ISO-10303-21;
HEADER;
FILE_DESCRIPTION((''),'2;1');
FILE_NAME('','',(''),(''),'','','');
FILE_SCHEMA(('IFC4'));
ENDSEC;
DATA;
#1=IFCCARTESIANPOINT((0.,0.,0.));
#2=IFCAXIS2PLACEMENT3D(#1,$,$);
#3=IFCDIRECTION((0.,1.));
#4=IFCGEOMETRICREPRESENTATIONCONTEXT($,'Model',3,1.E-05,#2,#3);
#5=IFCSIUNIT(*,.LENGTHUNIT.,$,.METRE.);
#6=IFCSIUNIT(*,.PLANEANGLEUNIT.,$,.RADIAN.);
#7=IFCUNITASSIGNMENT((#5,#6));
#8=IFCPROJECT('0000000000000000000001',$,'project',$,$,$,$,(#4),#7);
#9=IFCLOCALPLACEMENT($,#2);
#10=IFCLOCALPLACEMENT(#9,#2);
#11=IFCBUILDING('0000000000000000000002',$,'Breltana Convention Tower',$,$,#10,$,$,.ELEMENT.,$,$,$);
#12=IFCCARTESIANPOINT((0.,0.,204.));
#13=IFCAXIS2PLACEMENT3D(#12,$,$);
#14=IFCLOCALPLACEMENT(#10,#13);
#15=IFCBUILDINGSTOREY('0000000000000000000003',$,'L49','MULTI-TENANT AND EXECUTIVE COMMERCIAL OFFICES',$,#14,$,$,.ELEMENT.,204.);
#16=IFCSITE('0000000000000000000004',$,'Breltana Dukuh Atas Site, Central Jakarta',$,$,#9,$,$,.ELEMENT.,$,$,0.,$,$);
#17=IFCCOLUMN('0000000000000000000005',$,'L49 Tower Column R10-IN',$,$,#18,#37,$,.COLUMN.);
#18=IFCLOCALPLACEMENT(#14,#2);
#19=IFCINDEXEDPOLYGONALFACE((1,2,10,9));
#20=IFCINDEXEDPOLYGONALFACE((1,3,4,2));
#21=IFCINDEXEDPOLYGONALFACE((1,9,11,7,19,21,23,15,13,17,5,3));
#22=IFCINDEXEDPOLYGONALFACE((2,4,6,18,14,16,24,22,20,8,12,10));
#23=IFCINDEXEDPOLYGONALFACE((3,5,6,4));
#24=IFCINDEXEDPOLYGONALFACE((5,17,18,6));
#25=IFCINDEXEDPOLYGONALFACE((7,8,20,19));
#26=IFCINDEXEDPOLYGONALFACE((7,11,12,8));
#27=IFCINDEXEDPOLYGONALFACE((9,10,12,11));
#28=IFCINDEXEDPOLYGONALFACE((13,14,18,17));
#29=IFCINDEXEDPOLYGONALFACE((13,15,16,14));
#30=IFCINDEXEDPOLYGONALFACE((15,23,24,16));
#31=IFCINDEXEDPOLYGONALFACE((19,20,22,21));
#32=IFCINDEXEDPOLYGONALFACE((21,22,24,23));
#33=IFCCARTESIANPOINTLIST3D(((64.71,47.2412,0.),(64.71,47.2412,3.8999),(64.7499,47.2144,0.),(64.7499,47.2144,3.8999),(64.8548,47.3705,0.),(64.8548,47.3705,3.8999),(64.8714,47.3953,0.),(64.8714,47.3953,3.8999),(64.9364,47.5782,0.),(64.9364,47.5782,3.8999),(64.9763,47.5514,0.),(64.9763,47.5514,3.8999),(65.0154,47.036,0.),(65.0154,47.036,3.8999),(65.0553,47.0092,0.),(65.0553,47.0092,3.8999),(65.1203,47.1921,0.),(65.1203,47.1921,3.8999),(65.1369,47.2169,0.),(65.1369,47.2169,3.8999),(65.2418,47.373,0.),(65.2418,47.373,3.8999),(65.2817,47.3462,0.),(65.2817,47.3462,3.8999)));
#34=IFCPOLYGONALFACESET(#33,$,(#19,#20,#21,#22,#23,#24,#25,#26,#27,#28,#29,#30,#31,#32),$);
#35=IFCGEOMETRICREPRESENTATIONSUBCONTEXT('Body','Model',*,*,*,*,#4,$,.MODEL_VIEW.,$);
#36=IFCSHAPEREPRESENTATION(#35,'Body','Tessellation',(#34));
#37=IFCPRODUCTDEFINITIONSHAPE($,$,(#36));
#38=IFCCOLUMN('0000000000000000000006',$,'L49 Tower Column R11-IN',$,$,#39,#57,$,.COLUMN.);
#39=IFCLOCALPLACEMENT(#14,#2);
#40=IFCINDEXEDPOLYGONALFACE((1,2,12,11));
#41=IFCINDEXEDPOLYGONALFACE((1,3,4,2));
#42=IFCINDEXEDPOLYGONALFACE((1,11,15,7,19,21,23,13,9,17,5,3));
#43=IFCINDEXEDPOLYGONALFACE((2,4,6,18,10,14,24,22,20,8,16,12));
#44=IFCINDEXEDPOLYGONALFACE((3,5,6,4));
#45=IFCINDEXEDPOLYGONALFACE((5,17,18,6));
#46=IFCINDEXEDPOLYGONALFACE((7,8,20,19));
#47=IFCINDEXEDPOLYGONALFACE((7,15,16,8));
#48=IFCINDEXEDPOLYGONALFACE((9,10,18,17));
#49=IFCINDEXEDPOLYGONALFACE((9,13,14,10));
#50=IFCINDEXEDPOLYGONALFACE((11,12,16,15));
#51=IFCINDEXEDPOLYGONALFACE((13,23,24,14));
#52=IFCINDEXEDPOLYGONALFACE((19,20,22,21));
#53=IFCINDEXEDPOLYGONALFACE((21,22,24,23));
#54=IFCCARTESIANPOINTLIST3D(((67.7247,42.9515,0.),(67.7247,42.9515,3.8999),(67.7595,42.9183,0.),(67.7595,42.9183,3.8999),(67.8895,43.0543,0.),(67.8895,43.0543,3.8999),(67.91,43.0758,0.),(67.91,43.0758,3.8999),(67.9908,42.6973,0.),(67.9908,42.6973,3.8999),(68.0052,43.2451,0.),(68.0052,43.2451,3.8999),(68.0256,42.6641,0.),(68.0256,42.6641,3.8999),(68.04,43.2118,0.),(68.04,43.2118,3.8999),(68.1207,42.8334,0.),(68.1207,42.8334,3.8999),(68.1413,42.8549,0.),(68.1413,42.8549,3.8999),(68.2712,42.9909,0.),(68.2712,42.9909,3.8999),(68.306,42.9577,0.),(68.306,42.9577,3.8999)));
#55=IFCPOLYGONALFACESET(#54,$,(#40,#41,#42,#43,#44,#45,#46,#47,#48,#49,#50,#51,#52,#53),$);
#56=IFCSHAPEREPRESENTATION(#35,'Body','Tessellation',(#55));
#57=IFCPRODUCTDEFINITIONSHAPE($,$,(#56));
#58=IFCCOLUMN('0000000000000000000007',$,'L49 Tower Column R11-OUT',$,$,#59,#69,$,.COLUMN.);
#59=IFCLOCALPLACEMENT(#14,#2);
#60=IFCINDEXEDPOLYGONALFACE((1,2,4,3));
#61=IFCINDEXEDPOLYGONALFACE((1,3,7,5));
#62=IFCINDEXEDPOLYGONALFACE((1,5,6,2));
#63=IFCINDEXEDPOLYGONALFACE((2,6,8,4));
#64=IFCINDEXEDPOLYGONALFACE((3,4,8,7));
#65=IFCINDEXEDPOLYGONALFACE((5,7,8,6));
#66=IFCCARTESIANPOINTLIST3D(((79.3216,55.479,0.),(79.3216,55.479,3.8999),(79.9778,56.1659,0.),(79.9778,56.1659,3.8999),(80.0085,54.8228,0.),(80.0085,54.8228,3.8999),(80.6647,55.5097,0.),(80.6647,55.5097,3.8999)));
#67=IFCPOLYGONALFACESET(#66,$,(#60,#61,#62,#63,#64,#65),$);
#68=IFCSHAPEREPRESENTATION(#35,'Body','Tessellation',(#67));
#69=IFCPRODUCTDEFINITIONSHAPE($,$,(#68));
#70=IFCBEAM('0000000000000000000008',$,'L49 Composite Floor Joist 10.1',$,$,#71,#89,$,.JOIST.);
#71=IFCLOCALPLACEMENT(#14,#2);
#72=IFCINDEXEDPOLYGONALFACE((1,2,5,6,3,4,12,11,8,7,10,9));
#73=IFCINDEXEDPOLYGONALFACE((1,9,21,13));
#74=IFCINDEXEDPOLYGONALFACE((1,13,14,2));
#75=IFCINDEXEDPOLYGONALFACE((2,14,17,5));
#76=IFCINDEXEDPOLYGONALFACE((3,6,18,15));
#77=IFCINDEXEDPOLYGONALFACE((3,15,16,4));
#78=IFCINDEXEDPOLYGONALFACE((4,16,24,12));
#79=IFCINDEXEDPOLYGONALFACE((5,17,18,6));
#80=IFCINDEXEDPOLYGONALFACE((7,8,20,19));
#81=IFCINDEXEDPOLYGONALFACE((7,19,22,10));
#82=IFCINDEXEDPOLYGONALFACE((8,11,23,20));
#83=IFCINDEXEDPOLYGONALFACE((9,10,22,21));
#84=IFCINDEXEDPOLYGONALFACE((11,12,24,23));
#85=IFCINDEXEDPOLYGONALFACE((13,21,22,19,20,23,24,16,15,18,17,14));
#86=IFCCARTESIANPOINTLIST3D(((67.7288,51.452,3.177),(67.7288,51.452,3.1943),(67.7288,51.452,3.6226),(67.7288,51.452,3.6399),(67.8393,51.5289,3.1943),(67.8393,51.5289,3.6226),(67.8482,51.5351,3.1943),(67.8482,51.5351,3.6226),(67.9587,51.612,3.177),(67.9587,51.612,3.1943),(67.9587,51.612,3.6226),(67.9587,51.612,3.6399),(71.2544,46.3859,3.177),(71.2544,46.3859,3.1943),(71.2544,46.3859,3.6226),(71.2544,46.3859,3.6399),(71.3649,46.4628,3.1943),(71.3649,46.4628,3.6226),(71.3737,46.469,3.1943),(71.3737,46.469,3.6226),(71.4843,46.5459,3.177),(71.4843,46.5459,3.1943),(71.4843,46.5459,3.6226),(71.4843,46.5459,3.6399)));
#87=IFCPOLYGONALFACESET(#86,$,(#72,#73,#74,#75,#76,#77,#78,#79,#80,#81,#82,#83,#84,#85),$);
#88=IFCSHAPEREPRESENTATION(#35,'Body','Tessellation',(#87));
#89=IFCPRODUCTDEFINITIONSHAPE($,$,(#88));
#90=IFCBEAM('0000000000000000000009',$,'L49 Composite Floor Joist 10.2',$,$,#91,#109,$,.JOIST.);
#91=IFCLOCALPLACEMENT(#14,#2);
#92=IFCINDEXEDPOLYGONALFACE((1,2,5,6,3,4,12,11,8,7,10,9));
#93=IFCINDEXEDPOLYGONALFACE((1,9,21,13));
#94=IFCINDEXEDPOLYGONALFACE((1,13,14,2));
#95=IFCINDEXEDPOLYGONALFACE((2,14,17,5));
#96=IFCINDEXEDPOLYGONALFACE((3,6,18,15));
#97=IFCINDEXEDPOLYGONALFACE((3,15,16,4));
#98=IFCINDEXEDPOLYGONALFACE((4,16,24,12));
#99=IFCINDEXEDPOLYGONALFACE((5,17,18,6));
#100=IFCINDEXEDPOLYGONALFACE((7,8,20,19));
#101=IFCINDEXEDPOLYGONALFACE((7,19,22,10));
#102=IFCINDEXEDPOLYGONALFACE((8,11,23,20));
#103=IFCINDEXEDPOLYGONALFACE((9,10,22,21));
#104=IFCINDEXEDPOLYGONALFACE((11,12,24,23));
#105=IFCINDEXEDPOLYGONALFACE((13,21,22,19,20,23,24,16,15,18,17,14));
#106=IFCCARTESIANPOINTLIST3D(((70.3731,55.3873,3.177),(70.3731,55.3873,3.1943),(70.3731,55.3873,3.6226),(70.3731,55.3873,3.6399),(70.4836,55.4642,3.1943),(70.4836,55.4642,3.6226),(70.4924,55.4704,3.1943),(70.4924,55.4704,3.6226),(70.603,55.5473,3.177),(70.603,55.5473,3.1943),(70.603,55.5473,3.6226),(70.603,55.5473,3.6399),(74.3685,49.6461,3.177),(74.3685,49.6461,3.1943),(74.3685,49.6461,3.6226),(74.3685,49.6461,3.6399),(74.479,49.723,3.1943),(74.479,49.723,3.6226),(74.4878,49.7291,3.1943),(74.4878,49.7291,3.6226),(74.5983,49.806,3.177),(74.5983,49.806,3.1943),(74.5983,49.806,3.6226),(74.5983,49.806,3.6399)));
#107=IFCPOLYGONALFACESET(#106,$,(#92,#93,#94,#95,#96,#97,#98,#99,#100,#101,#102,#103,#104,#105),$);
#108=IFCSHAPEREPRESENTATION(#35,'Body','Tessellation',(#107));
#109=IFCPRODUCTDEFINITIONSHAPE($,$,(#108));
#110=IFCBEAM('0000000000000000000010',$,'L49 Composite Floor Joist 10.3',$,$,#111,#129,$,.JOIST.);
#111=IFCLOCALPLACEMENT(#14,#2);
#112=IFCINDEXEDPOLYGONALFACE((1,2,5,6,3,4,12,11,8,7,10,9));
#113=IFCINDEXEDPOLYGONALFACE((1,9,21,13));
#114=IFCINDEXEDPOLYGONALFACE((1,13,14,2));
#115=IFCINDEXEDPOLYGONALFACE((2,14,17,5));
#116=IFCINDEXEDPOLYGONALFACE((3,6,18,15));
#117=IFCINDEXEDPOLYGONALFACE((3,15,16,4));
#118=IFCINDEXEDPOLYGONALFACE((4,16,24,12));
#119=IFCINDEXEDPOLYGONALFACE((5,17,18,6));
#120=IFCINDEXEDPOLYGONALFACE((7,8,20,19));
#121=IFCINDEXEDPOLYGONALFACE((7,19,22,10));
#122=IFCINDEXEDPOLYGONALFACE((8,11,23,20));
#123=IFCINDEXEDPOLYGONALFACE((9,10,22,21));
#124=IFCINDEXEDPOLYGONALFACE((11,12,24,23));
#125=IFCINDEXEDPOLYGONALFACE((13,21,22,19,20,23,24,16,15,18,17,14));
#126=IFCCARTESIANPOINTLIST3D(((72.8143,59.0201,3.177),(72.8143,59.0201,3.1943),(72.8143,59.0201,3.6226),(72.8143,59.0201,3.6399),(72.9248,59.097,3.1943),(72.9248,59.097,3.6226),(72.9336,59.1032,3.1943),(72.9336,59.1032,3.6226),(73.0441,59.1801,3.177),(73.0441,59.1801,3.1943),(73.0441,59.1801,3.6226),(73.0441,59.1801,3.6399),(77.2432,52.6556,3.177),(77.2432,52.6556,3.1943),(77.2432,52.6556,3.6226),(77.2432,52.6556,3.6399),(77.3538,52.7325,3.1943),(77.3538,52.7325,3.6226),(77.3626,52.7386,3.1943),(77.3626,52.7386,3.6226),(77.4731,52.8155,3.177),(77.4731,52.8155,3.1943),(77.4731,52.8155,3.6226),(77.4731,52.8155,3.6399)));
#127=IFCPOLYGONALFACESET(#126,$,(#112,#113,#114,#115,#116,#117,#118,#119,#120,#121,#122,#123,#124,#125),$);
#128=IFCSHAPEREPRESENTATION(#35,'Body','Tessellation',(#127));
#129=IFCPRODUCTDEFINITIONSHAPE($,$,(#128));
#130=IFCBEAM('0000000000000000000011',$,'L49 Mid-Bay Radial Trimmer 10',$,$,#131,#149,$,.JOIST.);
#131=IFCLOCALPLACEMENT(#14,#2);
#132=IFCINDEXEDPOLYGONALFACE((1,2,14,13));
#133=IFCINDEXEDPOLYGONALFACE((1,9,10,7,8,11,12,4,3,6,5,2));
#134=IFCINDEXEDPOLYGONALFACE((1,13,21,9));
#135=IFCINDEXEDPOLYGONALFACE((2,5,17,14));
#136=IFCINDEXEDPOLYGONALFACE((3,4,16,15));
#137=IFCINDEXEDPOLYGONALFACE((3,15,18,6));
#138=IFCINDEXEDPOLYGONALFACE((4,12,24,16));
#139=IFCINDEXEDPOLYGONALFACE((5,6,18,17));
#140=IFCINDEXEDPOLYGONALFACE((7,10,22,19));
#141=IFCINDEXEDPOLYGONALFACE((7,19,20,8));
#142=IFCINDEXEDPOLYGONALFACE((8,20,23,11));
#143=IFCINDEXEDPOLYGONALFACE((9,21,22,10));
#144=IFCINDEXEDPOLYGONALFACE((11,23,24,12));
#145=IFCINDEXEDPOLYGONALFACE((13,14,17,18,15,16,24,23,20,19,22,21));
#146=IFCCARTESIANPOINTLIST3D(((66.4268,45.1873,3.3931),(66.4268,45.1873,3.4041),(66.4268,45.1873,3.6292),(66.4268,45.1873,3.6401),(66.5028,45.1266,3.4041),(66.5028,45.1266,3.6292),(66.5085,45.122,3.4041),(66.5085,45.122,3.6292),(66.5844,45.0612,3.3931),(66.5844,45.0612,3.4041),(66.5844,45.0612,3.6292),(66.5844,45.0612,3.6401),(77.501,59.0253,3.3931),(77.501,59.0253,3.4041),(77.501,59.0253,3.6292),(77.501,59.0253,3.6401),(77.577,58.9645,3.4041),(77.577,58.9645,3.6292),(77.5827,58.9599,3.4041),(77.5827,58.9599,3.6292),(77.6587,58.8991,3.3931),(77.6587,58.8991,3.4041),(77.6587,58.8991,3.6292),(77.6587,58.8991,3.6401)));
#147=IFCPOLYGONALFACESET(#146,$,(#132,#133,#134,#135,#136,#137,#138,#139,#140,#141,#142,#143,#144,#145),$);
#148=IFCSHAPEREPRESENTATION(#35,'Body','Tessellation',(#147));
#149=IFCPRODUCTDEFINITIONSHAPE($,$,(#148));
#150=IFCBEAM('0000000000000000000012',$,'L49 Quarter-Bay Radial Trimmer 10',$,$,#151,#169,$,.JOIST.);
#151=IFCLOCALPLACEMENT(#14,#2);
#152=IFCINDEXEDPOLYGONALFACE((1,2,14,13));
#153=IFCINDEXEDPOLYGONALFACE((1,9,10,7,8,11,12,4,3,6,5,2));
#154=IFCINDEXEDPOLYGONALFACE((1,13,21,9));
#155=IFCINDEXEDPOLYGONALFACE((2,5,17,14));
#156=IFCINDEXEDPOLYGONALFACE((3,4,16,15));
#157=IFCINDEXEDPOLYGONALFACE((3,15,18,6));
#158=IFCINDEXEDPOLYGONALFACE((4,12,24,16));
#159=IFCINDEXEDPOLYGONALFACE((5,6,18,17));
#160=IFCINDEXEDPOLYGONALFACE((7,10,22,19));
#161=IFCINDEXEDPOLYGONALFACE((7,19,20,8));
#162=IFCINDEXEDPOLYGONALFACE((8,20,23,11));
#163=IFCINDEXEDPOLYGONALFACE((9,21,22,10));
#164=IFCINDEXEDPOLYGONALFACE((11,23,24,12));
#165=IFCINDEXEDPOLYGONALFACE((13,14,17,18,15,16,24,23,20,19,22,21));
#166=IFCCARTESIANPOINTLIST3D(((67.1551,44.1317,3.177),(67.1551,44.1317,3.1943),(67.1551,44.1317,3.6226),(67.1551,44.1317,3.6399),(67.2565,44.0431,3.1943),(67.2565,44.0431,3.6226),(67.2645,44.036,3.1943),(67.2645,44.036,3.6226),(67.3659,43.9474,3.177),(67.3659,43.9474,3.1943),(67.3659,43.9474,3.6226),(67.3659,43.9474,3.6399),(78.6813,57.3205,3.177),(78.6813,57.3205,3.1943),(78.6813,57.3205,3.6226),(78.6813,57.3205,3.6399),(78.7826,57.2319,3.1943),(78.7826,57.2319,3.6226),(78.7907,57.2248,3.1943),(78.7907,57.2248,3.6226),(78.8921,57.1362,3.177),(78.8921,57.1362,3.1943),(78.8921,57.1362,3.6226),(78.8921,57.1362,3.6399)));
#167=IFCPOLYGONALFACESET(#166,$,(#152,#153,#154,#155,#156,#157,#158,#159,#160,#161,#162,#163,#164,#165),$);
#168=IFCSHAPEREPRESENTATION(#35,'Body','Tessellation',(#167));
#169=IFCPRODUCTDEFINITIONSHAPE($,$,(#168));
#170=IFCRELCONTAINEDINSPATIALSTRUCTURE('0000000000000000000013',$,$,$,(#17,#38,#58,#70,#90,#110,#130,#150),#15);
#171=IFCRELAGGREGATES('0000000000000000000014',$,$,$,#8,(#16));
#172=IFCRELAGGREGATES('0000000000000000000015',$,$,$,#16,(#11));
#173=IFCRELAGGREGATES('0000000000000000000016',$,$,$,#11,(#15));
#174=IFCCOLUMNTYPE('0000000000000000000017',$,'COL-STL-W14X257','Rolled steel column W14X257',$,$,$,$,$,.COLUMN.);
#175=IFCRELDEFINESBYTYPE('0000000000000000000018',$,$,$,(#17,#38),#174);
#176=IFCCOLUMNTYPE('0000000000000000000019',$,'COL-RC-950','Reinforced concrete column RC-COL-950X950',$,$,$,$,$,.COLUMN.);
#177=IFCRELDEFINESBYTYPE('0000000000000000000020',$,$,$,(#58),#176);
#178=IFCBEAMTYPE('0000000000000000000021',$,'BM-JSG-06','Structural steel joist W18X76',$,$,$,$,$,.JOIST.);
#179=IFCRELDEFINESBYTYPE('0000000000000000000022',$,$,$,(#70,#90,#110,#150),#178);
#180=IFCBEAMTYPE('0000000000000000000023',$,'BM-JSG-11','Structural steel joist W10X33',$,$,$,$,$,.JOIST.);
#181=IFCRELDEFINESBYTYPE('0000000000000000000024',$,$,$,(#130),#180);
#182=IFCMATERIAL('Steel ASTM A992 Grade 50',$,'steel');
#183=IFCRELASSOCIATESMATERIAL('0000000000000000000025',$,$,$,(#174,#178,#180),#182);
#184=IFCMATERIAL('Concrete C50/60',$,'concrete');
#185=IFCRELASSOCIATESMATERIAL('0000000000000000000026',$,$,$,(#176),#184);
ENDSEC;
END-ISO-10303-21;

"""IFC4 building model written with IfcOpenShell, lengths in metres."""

from ifc_helpers import new_model, si_unit, direction, frame, origin, origin_2d, place, context, subcontext, project, spatial, rectangle, i_section, extrude, source, transform, mapped, material, material_profile, profile_set, type_object, element, save


model = new_model("IFC4")

# Units and contexts
model_context = context("Model", 3, precision=1e-05, world=origin(), true_north=direction((0.0, 1.0)))
body_context = subcontext(model_context, "Body", "Model", "MODEL_VIEW")
ifc_project = project(units=[si_unit("LENGTHUNIT", "METRE"), si_unit("PLANEANGLEUNIT", "RADIAN")], contexts=[model_context])

# Site, building, storey
site_placement = place(None, origin())
site = spatial("IfcSite", under=ifc_project, at=site_placement, Name="Breltana Dukuh Atas Site, Central Jakarta", CompositionType="ELEMENT", RefElevation=0.0)
building_placement = place(site_placement, origin())
building = spatial("IfcBuilding", under=site, at=building_placement, Name="Breltana Convention Tower", CompositionType="ELEMENT")
storey_placement = place(building_placement, frame((0.0, 0.0, 204.0)))
storey = spatial("IfcBuildingStorey", under=building, at=storey_placement, Name="L49", Description="MULTI-TENANT AND EXECUTIVE COMMERCIAL OFFICES", CompositionType="ELEMENT", Elevation=204.0)

# Columns
ifc_material_1 = material(Name="Steel ASTM A992 Grade 50", Category="steel")
ifc_material_profile_1 = material_profile(ifc_material_1, i_section(OverallWidth=0.406, OverallDepth=0.416, WebThickness=0.0298, FlangeThickness=0.0481, at=origin_2d()), Name="W14X257")
ifc_profile_set_1 = profile_set([ifc_material_profile_1], Name="Steel ASTM A992 Grade 50")
column_type_1 = type_object("IfcColumnType", Name="COL-STL-W14X257", Description="Rolled steel column W14X257", PredefinedType="COLUMN", material=ifc_profile_set_1)
shared_shape_1 = source(origin(), body_context, "Body", "SweptSolid", [
    extrude(i_section(OverallWidth=0.406, OverallDepth=0.416, WebThickness=0.0298, FlangeThickness=0.0481, at=origin_2d()), origin(), (0.0, 0.0, 1.0), 3.8999),
])
for number, where, z_axis, x_axis, name in (
    (1, (64.9958, 47.2937, 0.0), (0.0, 0.0, 1.0), (0.557745, 0.830012, 0.0), "L49 Tower Column R10-IN"),
    (2, (68.0154, 42.9546, 0.0), (0.0, 0.0, 1.0), (0.690756, 0.723088, 0.0), "L49 Tower Column R11-IN"),
):
    element("IfcColumn", number, at=place(storey_placement, frame(where, z_axis=z_axis, x_axis=x_axis)), inside=storey, type_object=column_type_1, Name=name, PredefinedType="COLUMN", context=body_context, shape_type="MappedRepresentation", body=[
        mapped(shared_shape_1, transform((0.0, 0.0, 0.0), scale=1.0)),
    ])
ifc_material_2 = material(Name="Concrete C50/60", Category="concrete")
ifc_material_profile_2 = material_profile(ifc_material_2, rectangle(XDim=0.95, YDim=0.95, at=origin_2d()), Name="RC-COL-950X950")
ifc_profile_set_2 = profile_set([ifc_material_profile_2], Name="Concrete C50/60")
column_type_2 = type_object("IfcColumnType", Name="COL-RC-950", Description="Reinforced concrete column RC-COL-950X950", PredefinedType="COLUMN", material=ifc_profile_set_2)
shared_shape_2 = source(origin(), body_context, "Body", "SweptSolid", [
    extrude(rectangle(XDim=0.95, YDim=0.95, at=origin_2d()), origin(), (0.0, 0.0, 1.0), 3.8999),
])
column_placement = place(storey_placement, frame((79.9932, 55.4944, 0.0), z_axis=(0.0, 0.0, 1.0), x_axis=(0.690756, 0.723088, 0.0)))
element("IfcColumn", 3, at=column_placement, inside=storey, type_object=column_type_2, Name="L49 Tower Column R11-OUT", PredefinedType="COLUMN", context=body_context, shape_type="MappedRepresentation", body=[
    mapped(shared_shape_2, transform((0.0, 0.0, 0.0), scale=1.0)),
])

# Beams
ifc_material_profile_3 = material_profile(ifc_material_1, i_section(OverallWidth=0.28, OverallDepth=0.4629, WebThickness=0.0107, FlangeThickness=0.0173, at=origin_2d()), Name="W18X76")
ifc_profile_set_3 = profile_set([ifc_material_profile_3], Name="Steel ASTM A992 Grade 50")
beam_type_1 = type_object("IfcBeamType", Name="BM-JSG-06", Description="Structural steel joist W18X76", PredefinedType="JOIST", material=ifc_profile_set_3)
shared_shape_3 = source(origin(), body_context, "Body", "SweptSolid", [
    extrude(i_section(OverallWidth=0.28, OverallDepth=0.4629, WebThickness=0.0107, FlangeThickness=0.0173, at=origin_2d()), origin(), (0.0, 0.0, 1.0), 6.1721),
])
beam_1_placement = place(storey_placement, frame((67.8438, 51.532, 3.4084), z_axis=(0.571212, -0.820803, 0.0), x_axis=(0.820803, 0.571212, 0.0)))
element("IfcBeam", 4, at=beam_1_placement, inside=storey, type_object=beam_type_1, Name="L49 Composite Floor Joist 10.1", PredefinedType="JOIST", context=body_context, shape_type="MappedRepresentation", body=[
    mapped(shared_shape_3, transform((0.0, 0.0, 0.0), scale=1.0)),
])
shared_shape_4 = source(origin(), body_context, "Body", "SweptSolid", [
    extrude(i_section(OverallWidth=0.28, OverallDepth=0.4629, WebThickness=0.0107, FlangeThickness=0.0173, at=origin_2d()), origin(), (0.0, 0.0, 1.0), 6.9946),
])
beam_2_placement = place(storey_placement, frame((70.488, 55.4673, 3.4084), z_axis=(0.571207, -0.820806, 0.0), x_axis=(0.820806, 0.571207, 0.0)))
element("IfcBeam", 5, at=beam_2_placement, inside=storey, type_object=beam_type_1, Name="L49 Composite Floor Joist 10.2", PredefinedType="JOIST", context=body_context, shape_type="MappedRepresentation", body=[
    mapped(shared_shape_4, transform((0.0, 0.0, 0.0), scale=1.0)),
])
shared_shape_5 = source(origin(), body_context, "Body", "SweptSolid", [
    extrude(i_section(OverallWidth=0.28, OverallDepth=0.4629, WebThickness=0.0107, FlangeThickness=0.0173, at=origin_2d()), origin(), (0.0, 0.0, 1.0), 7.7539),
])
beam_3_placement = place(storey_placement, frame((72.9292, 59.1001, 3.4084), z_axis=(0.571193, -0.820816, 0.0), x_axis=(0.820816, 0.571193, 0.0)))
element("IfcBeam", 6, at=beam_3_placement, inside=storey, type_object=beam_type_1, Name="L49 Composite Floor Joist 10.3", PredefinedType="JOIST", context=body_context, shape_type="MappedRepresentation", body=[
    mapped(shared_shape_5, transform((0.0, 0.0, 0.0), scale=1.0)),
])
ifc_material_profile_4 = material_profile(ifc_material_1, i_section(OverallWidth=0.2019, OverallDepth=0.2471, WebThickness=0.0073, FlangeThickness=0.011, at=origin_2d()), Name="W10X33")
ifc_profile_set_4 = profile_set([ifc_material_profile_4], Name="Steel ASTM A992 Grade 50")
beam_type_2 = type_object("IfcBeamType", Name="BM-JSG-11", Description="Structural steel joist W10X33", PredefinedType="JOIST", material=ifc_profile_set_4)
shared_shape_6 = source(origin(), body_context, "Body", "SweptSolid", [
    extrude(i_section(OverallWidth=0.2019, OverallDepth=0.2471, WebThickness=0.0073, FlangeThickness=0.011, at=origin_2d()), origin(), (0.0, 0.0, 1.0), 17.7236),
])
beam_4_placement = place(storey_placement, frame((66.5056, 45.1243, 3.5166), z_axis=(0.624829, 0.780761, 0.0), x_axis=(-0.780761, 0.624829, 0.0)))
element("IfcBeam", 7, at=beam_4_placement, inside=storey, type_object=beam_type_2, Name="L49 Mid-Bay Radial Trimmer 10", PredefinedType="JOIST", context=body_context, shape_type="MappedRepresentation", body=[
    mapped(shared_shape_6, transform((0.0, 0.0, 0.0), scale=1.0)),
])
shared_shape_7 = source(origin(), body_context, "Body", "SweptSolid", [
    extrude(i_section(OverallWidth=0.28, OverallDepth=0.4629, WebThickness=0.0107, FlangeThickness=0.0173, at=origin_2d()), origin(), (0.0, 0.0, 1.0), 17.5156),
])
beam_5_placement = place(storey_placement, frame((67.2605, 44.0396, 3.4084), z_axis=(0.658052, 0.752973, 0.0), x_axis=(-0.752973, 0.658052, 0.0)))
element("IfcBeam", 8, at=beam_5_placement, inside=storey, type_object=beam_type_1, Name="L49 Quarter-Bay Radial Trimmer 10", PredefinedType="JOIST", context=body_context, shape_type="MappedRepresentation", body=[
    mapped(shared_shape_7, transform((0.0, 0.0, 0.0), scale=1.0)),
])

save(model, "model.ifc")
